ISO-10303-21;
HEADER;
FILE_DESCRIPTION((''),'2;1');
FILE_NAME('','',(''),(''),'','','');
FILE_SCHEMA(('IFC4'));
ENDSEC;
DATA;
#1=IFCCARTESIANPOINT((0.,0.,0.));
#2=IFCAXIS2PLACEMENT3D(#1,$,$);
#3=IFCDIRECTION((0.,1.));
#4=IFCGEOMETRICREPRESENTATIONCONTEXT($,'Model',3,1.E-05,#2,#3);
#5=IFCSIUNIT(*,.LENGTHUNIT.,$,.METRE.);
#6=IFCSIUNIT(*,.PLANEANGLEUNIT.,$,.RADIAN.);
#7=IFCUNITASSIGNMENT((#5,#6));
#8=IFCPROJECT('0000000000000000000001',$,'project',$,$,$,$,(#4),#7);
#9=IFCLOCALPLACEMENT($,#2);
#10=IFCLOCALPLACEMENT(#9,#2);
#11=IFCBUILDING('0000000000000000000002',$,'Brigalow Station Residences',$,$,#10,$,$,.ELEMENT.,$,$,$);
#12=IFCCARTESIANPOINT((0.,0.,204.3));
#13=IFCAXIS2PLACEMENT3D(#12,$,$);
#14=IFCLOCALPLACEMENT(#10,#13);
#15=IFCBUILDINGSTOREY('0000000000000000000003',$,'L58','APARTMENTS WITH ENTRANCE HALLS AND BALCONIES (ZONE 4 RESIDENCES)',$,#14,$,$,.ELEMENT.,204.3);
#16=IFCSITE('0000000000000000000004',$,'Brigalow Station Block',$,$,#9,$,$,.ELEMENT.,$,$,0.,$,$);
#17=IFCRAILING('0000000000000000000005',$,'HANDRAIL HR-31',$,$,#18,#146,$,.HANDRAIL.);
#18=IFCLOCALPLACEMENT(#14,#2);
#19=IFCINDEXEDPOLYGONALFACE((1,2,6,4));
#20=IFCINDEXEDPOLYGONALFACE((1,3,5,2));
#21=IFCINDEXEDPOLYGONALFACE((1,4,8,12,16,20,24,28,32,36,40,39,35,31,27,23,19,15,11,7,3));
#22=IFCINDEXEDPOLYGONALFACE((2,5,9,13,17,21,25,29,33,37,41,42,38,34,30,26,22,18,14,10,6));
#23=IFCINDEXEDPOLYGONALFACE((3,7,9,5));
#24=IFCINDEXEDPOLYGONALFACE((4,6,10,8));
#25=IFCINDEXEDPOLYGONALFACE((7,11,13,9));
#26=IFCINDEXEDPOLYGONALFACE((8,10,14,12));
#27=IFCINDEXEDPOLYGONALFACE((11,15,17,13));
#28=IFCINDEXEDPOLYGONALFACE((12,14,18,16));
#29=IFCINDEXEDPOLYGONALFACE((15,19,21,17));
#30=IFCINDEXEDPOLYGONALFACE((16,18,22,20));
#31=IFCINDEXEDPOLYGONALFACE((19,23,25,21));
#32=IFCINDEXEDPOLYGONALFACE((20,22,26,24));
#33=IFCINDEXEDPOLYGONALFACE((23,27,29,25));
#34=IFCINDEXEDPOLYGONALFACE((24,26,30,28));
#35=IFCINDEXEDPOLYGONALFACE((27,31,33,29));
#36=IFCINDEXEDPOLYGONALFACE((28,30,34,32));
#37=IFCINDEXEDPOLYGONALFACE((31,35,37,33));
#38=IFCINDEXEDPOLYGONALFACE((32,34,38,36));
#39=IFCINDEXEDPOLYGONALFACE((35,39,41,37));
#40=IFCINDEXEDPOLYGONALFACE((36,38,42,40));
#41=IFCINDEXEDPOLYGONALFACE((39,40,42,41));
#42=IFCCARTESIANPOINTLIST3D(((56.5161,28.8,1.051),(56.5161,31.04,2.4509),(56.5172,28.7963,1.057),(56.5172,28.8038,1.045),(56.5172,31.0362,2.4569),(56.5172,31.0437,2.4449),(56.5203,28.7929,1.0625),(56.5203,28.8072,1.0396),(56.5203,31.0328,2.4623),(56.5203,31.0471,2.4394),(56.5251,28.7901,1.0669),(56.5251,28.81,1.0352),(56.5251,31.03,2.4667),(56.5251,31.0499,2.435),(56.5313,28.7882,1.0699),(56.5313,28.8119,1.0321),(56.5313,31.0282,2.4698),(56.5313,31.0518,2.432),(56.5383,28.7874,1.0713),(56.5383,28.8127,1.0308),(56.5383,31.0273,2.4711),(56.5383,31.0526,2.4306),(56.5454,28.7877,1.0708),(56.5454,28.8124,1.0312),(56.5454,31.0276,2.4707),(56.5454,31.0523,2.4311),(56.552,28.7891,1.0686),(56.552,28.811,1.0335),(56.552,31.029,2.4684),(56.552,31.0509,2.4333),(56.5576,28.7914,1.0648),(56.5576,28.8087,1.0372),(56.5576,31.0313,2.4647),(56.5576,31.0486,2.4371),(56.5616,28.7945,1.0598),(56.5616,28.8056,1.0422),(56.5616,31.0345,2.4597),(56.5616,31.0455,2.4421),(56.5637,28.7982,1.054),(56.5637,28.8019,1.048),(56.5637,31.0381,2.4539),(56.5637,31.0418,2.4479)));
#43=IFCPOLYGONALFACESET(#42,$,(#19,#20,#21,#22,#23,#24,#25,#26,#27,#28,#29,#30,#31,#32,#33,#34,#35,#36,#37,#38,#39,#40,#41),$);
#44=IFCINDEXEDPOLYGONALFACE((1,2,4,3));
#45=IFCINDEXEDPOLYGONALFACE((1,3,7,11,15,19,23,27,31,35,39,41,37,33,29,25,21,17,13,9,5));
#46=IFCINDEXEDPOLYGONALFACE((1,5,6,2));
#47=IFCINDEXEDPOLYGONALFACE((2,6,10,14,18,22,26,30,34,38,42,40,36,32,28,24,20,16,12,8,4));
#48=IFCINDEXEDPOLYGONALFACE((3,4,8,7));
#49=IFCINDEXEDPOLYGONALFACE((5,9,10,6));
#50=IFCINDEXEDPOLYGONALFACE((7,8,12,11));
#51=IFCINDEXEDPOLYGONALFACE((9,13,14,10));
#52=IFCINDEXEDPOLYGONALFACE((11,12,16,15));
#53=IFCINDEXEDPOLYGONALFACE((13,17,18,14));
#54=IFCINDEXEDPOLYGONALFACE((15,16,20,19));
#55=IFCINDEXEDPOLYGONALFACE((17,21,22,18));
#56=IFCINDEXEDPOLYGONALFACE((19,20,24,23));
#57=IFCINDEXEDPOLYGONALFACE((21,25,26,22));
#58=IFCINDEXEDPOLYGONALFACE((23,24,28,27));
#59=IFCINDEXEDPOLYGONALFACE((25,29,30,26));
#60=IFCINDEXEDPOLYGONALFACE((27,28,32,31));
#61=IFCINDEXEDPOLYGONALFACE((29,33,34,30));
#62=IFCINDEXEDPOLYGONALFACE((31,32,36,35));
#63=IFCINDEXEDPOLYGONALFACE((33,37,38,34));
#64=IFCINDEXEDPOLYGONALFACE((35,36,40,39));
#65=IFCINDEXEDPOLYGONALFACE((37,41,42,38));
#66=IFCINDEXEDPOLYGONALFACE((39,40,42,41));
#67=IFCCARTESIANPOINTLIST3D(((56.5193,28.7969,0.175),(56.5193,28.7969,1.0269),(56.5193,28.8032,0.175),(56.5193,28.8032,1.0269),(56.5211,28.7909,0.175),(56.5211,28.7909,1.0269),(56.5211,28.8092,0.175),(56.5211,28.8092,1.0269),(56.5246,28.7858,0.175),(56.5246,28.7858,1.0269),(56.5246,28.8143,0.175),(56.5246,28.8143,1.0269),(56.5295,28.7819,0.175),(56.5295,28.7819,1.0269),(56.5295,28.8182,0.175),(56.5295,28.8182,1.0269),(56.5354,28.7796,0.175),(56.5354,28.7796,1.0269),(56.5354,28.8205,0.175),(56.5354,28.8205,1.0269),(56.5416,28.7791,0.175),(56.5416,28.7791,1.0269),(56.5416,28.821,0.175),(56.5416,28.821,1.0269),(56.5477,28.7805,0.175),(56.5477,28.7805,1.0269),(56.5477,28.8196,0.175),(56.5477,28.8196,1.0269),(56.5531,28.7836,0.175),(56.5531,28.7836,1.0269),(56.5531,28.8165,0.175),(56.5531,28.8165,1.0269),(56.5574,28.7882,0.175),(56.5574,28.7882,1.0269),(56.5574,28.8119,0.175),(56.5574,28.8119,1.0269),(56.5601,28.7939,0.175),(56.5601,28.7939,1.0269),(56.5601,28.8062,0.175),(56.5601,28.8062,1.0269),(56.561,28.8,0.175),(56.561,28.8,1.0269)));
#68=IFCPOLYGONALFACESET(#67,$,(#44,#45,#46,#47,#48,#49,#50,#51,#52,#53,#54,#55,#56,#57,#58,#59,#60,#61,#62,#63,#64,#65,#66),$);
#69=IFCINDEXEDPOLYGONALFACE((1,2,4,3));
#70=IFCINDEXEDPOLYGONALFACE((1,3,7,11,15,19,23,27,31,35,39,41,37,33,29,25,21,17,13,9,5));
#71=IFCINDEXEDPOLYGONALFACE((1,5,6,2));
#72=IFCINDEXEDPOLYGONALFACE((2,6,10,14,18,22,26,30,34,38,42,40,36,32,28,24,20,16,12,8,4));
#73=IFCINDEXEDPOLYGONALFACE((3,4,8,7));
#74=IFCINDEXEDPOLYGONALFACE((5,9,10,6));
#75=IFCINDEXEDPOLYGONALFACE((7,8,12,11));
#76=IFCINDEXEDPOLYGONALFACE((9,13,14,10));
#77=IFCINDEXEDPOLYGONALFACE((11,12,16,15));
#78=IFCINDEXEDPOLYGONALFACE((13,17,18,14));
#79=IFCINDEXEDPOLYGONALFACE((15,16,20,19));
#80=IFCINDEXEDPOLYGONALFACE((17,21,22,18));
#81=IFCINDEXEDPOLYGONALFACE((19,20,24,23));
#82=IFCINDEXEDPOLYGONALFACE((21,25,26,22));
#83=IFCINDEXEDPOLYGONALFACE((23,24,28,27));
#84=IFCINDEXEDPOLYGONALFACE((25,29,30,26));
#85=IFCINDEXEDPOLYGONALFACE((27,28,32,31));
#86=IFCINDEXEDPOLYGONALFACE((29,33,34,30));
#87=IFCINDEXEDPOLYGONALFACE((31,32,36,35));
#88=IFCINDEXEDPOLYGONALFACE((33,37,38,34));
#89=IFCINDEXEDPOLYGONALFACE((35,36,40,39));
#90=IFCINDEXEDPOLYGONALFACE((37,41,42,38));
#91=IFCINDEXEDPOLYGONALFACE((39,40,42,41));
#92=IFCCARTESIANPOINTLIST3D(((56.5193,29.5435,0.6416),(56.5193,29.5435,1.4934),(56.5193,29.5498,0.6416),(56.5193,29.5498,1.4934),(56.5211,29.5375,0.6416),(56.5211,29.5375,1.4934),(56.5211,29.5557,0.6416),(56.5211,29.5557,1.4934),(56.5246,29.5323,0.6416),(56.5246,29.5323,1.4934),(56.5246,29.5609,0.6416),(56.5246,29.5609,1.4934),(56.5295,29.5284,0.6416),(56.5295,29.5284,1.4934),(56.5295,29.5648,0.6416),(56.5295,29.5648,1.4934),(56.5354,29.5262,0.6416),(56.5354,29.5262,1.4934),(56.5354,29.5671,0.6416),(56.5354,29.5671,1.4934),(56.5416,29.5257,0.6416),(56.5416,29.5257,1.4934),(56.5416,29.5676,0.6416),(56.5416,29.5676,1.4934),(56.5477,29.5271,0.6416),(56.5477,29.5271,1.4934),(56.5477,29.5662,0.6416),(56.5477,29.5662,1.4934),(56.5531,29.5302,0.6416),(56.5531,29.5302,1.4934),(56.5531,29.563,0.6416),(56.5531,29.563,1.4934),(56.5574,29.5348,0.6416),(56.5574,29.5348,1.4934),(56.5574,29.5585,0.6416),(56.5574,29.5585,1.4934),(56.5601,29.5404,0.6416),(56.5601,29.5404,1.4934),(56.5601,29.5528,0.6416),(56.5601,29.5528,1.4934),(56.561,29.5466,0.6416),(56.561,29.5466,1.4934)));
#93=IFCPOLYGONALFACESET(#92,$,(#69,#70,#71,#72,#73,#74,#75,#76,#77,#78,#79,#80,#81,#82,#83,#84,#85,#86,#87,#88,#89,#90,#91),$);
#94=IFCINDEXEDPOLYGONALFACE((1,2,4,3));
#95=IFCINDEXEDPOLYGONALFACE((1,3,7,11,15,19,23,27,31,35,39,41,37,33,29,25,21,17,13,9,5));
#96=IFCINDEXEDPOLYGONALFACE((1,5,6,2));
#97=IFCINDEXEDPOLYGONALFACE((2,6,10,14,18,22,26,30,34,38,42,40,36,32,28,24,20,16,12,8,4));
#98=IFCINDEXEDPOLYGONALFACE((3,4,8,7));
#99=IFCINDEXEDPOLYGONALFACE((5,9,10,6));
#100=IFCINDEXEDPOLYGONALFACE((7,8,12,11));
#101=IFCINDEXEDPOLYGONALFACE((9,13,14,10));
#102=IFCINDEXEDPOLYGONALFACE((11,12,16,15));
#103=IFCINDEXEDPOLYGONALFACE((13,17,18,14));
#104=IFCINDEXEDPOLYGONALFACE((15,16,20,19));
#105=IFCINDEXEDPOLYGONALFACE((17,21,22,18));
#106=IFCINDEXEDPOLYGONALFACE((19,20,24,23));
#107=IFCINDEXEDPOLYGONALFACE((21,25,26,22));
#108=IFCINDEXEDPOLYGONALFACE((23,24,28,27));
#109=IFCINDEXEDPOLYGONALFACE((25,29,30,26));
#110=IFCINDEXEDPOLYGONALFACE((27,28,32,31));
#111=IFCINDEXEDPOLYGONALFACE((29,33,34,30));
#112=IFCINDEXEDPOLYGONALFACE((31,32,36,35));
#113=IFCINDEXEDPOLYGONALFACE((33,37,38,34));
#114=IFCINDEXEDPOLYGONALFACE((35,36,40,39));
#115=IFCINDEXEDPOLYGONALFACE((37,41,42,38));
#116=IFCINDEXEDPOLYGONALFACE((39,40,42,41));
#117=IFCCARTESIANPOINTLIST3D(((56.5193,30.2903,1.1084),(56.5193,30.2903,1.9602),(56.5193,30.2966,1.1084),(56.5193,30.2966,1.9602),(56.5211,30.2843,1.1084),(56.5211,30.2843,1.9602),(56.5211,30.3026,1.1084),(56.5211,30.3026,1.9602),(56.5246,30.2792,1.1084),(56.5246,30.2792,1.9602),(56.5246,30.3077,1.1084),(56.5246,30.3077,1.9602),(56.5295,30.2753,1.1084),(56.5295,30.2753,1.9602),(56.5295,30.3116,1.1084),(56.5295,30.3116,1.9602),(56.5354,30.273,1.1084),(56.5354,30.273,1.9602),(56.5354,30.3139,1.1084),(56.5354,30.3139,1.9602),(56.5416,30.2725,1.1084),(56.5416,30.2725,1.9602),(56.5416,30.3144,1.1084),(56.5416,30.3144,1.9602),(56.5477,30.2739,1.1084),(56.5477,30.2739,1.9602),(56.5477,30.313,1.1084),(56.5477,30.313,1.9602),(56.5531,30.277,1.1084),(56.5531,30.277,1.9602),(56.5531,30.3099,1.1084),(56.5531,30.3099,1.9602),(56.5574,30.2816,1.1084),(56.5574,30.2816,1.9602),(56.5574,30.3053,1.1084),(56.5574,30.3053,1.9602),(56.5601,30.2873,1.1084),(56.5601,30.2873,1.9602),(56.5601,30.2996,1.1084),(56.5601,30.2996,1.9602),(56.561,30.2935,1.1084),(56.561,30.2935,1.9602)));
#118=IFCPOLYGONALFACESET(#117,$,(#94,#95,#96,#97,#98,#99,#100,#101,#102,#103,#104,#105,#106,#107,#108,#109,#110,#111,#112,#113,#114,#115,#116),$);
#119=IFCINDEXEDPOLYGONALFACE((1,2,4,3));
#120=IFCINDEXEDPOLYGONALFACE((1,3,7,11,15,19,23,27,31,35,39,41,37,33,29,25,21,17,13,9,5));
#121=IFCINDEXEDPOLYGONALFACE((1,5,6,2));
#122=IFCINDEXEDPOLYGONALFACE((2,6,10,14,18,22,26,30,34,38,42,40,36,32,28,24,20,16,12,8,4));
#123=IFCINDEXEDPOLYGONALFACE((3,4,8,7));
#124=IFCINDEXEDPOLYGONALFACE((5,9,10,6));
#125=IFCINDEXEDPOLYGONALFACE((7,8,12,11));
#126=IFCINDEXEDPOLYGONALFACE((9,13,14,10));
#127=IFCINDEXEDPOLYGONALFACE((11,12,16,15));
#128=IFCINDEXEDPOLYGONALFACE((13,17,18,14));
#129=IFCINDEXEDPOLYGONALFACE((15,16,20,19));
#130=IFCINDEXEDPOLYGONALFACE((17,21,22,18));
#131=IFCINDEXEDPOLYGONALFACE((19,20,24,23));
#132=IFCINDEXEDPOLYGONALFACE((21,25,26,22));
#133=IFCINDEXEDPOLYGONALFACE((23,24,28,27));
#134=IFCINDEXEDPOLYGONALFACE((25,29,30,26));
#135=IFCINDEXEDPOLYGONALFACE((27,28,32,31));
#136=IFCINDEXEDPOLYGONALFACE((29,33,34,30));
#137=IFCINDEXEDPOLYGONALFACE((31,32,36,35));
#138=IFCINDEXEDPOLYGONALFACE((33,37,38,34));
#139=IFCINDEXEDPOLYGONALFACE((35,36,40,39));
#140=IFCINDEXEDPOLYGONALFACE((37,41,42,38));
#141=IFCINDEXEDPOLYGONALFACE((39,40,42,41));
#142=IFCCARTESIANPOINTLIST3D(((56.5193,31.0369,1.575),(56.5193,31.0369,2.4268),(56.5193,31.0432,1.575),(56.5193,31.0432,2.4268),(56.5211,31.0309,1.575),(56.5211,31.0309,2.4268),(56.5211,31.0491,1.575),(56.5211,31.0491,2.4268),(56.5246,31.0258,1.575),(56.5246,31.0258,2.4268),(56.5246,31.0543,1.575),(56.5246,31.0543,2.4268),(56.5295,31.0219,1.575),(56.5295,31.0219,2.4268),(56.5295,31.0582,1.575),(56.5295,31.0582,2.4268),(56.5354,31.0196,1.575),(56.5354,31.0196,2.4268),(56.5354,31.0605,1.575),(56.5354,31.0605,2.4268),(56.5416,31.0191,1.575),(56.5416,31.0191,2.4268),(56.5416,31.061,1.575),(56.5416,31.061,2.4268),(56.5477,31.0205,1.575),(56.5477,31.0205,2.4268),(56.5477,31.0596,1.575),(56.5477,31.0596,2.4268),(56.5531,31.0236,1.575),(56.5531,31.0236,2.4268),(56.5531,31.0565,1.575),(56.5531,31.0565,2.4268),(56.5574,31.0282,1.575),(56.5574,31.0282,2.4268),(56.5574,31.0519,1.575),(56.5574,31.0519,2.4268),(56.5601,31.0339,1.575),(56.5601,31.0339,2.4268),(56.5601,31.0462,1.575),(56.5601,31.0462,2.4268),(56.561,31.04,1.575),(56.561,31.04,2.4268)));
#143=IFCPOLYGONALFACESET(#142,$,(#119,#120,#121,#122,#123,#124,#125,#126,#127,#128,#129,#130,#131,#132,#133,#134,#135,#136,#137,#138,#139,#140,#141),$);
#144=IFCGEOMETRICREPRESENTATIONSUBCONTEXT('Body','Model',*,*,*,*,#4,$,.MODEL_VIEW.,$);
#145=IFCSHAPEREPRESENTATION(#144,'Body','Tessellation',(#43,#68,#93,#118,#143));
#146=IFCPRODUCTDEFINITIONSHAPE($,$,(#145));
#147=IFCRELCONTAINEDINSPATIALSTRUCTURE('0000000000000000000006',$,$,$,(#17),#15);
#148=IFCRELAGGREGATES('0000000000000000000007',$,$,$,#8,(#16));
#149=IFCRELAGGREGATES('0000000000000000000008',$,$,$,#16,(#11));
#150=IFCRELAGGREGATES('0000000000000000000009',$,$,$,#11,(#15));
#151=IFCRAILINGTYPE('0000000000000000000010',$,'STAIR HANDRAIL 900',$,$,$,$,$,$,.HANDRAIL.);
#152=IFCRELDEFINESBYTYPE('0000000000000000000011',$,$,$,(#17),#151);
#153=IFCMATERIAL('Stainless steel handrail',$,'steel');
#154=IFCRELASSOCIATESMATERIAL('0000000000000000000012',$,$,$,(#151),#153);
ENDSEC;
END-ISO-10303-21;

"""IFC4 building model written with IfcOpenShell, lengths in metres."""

from ifc_helpers import new_model, si_unit, direction, frame, origin, origin_2d, place, context, subcontext, project, spatial, circle, extrude, material, type_object, element, save


model = new_model("IFC4")

# Units and contexts
model_context = context("Model", 3, precision=1e-05, world=origin(), true_north=direction((0.0, 1.0)))
body_context = subcontext(model_context, "Body", "Model", "MODEL_VIEW")
ifc_project = project(units=[si_unit("LENGTHUNIT", "METRE"), si_unit("PLANEANGLEUNIT", "RADIAN")], contexts=[model_context])

# Site, building, storey
site_placement = place(None, origin())
site = spatial("IfcSite", under=ifc_project, at=site_placement, Name="Brigalow Station Block", CompositionType="ELEMENT", RefElevation=0.0)
building_placement = place(site_placement, origin())
building = spatial("IfcBuilding", under=site, at=building_placement, Name="Brigalow Station Residences", CompositionType="ELEMENT")
storey_placement = place(building_placement, frame((0.0, 0.0, 204.3)))
storey = spatial("IfcBuildingStorey", under=building, at=storey_placement, Name="L58", Description="APARTMENTS WITH ENTRANCE HALLS AND BALCONIES (ZONE 4 RESIDENCES)", CompositionType="ELEMENT", Elevation=204.3)

# Railing
ifc_material_1 = material(Name="Stainless steel handrail", Category="steel")
railing_type_1 = type_object("IfcRailingType", Name="STAIR HANDRAIL 900", PredefinedType="HANDRAIL", material=ifc_material_1)
railing_1_placement = place(storey_placement, frame((56.54, 28.8, 0.175)))
element("IfcRailing", 1, at=railing_1_placement, inside=storey, type_object=railing_type_1, Name="HANDRAIL HR-31", PredefinedType="HANDRAIL", context=body_context, shape_type="SweptSolid", body=[
    extrude(circle(Radius=0.0239, at=origin_2d()), frame((0.0, 0.0, 0.876), z_axis=(0.0, 0.848014, 0.529974), x_axis=(-1.0, 0.0, 0.0)), (0.0, 0.0, 1.0), 2.6414),
    extrude(circle(Radius=0.021, at=origin_2d()), origin(), (0.0, 0.0, 1.0), 0.8518),
    extrude(circle(Radius=0.021, at=origin_2d()), frame((0.0, 0.7466, 0.4666)), (0.0, 0.0, 1.0), 0.8518),
    extrude(circle(Radius=0.021, at=origin_2d()), frame((0.0, 1.4934, 0.9333)), (0.0, 0.0, 1.0), 0.8518),
    extrude(circle(Radius=0.021, at=origin_2d()), frame((0.0, 2.24, 1.3999)), (0.0, 0.0, 1.0), 0.8518),
])

save(model, "model.ifc")
